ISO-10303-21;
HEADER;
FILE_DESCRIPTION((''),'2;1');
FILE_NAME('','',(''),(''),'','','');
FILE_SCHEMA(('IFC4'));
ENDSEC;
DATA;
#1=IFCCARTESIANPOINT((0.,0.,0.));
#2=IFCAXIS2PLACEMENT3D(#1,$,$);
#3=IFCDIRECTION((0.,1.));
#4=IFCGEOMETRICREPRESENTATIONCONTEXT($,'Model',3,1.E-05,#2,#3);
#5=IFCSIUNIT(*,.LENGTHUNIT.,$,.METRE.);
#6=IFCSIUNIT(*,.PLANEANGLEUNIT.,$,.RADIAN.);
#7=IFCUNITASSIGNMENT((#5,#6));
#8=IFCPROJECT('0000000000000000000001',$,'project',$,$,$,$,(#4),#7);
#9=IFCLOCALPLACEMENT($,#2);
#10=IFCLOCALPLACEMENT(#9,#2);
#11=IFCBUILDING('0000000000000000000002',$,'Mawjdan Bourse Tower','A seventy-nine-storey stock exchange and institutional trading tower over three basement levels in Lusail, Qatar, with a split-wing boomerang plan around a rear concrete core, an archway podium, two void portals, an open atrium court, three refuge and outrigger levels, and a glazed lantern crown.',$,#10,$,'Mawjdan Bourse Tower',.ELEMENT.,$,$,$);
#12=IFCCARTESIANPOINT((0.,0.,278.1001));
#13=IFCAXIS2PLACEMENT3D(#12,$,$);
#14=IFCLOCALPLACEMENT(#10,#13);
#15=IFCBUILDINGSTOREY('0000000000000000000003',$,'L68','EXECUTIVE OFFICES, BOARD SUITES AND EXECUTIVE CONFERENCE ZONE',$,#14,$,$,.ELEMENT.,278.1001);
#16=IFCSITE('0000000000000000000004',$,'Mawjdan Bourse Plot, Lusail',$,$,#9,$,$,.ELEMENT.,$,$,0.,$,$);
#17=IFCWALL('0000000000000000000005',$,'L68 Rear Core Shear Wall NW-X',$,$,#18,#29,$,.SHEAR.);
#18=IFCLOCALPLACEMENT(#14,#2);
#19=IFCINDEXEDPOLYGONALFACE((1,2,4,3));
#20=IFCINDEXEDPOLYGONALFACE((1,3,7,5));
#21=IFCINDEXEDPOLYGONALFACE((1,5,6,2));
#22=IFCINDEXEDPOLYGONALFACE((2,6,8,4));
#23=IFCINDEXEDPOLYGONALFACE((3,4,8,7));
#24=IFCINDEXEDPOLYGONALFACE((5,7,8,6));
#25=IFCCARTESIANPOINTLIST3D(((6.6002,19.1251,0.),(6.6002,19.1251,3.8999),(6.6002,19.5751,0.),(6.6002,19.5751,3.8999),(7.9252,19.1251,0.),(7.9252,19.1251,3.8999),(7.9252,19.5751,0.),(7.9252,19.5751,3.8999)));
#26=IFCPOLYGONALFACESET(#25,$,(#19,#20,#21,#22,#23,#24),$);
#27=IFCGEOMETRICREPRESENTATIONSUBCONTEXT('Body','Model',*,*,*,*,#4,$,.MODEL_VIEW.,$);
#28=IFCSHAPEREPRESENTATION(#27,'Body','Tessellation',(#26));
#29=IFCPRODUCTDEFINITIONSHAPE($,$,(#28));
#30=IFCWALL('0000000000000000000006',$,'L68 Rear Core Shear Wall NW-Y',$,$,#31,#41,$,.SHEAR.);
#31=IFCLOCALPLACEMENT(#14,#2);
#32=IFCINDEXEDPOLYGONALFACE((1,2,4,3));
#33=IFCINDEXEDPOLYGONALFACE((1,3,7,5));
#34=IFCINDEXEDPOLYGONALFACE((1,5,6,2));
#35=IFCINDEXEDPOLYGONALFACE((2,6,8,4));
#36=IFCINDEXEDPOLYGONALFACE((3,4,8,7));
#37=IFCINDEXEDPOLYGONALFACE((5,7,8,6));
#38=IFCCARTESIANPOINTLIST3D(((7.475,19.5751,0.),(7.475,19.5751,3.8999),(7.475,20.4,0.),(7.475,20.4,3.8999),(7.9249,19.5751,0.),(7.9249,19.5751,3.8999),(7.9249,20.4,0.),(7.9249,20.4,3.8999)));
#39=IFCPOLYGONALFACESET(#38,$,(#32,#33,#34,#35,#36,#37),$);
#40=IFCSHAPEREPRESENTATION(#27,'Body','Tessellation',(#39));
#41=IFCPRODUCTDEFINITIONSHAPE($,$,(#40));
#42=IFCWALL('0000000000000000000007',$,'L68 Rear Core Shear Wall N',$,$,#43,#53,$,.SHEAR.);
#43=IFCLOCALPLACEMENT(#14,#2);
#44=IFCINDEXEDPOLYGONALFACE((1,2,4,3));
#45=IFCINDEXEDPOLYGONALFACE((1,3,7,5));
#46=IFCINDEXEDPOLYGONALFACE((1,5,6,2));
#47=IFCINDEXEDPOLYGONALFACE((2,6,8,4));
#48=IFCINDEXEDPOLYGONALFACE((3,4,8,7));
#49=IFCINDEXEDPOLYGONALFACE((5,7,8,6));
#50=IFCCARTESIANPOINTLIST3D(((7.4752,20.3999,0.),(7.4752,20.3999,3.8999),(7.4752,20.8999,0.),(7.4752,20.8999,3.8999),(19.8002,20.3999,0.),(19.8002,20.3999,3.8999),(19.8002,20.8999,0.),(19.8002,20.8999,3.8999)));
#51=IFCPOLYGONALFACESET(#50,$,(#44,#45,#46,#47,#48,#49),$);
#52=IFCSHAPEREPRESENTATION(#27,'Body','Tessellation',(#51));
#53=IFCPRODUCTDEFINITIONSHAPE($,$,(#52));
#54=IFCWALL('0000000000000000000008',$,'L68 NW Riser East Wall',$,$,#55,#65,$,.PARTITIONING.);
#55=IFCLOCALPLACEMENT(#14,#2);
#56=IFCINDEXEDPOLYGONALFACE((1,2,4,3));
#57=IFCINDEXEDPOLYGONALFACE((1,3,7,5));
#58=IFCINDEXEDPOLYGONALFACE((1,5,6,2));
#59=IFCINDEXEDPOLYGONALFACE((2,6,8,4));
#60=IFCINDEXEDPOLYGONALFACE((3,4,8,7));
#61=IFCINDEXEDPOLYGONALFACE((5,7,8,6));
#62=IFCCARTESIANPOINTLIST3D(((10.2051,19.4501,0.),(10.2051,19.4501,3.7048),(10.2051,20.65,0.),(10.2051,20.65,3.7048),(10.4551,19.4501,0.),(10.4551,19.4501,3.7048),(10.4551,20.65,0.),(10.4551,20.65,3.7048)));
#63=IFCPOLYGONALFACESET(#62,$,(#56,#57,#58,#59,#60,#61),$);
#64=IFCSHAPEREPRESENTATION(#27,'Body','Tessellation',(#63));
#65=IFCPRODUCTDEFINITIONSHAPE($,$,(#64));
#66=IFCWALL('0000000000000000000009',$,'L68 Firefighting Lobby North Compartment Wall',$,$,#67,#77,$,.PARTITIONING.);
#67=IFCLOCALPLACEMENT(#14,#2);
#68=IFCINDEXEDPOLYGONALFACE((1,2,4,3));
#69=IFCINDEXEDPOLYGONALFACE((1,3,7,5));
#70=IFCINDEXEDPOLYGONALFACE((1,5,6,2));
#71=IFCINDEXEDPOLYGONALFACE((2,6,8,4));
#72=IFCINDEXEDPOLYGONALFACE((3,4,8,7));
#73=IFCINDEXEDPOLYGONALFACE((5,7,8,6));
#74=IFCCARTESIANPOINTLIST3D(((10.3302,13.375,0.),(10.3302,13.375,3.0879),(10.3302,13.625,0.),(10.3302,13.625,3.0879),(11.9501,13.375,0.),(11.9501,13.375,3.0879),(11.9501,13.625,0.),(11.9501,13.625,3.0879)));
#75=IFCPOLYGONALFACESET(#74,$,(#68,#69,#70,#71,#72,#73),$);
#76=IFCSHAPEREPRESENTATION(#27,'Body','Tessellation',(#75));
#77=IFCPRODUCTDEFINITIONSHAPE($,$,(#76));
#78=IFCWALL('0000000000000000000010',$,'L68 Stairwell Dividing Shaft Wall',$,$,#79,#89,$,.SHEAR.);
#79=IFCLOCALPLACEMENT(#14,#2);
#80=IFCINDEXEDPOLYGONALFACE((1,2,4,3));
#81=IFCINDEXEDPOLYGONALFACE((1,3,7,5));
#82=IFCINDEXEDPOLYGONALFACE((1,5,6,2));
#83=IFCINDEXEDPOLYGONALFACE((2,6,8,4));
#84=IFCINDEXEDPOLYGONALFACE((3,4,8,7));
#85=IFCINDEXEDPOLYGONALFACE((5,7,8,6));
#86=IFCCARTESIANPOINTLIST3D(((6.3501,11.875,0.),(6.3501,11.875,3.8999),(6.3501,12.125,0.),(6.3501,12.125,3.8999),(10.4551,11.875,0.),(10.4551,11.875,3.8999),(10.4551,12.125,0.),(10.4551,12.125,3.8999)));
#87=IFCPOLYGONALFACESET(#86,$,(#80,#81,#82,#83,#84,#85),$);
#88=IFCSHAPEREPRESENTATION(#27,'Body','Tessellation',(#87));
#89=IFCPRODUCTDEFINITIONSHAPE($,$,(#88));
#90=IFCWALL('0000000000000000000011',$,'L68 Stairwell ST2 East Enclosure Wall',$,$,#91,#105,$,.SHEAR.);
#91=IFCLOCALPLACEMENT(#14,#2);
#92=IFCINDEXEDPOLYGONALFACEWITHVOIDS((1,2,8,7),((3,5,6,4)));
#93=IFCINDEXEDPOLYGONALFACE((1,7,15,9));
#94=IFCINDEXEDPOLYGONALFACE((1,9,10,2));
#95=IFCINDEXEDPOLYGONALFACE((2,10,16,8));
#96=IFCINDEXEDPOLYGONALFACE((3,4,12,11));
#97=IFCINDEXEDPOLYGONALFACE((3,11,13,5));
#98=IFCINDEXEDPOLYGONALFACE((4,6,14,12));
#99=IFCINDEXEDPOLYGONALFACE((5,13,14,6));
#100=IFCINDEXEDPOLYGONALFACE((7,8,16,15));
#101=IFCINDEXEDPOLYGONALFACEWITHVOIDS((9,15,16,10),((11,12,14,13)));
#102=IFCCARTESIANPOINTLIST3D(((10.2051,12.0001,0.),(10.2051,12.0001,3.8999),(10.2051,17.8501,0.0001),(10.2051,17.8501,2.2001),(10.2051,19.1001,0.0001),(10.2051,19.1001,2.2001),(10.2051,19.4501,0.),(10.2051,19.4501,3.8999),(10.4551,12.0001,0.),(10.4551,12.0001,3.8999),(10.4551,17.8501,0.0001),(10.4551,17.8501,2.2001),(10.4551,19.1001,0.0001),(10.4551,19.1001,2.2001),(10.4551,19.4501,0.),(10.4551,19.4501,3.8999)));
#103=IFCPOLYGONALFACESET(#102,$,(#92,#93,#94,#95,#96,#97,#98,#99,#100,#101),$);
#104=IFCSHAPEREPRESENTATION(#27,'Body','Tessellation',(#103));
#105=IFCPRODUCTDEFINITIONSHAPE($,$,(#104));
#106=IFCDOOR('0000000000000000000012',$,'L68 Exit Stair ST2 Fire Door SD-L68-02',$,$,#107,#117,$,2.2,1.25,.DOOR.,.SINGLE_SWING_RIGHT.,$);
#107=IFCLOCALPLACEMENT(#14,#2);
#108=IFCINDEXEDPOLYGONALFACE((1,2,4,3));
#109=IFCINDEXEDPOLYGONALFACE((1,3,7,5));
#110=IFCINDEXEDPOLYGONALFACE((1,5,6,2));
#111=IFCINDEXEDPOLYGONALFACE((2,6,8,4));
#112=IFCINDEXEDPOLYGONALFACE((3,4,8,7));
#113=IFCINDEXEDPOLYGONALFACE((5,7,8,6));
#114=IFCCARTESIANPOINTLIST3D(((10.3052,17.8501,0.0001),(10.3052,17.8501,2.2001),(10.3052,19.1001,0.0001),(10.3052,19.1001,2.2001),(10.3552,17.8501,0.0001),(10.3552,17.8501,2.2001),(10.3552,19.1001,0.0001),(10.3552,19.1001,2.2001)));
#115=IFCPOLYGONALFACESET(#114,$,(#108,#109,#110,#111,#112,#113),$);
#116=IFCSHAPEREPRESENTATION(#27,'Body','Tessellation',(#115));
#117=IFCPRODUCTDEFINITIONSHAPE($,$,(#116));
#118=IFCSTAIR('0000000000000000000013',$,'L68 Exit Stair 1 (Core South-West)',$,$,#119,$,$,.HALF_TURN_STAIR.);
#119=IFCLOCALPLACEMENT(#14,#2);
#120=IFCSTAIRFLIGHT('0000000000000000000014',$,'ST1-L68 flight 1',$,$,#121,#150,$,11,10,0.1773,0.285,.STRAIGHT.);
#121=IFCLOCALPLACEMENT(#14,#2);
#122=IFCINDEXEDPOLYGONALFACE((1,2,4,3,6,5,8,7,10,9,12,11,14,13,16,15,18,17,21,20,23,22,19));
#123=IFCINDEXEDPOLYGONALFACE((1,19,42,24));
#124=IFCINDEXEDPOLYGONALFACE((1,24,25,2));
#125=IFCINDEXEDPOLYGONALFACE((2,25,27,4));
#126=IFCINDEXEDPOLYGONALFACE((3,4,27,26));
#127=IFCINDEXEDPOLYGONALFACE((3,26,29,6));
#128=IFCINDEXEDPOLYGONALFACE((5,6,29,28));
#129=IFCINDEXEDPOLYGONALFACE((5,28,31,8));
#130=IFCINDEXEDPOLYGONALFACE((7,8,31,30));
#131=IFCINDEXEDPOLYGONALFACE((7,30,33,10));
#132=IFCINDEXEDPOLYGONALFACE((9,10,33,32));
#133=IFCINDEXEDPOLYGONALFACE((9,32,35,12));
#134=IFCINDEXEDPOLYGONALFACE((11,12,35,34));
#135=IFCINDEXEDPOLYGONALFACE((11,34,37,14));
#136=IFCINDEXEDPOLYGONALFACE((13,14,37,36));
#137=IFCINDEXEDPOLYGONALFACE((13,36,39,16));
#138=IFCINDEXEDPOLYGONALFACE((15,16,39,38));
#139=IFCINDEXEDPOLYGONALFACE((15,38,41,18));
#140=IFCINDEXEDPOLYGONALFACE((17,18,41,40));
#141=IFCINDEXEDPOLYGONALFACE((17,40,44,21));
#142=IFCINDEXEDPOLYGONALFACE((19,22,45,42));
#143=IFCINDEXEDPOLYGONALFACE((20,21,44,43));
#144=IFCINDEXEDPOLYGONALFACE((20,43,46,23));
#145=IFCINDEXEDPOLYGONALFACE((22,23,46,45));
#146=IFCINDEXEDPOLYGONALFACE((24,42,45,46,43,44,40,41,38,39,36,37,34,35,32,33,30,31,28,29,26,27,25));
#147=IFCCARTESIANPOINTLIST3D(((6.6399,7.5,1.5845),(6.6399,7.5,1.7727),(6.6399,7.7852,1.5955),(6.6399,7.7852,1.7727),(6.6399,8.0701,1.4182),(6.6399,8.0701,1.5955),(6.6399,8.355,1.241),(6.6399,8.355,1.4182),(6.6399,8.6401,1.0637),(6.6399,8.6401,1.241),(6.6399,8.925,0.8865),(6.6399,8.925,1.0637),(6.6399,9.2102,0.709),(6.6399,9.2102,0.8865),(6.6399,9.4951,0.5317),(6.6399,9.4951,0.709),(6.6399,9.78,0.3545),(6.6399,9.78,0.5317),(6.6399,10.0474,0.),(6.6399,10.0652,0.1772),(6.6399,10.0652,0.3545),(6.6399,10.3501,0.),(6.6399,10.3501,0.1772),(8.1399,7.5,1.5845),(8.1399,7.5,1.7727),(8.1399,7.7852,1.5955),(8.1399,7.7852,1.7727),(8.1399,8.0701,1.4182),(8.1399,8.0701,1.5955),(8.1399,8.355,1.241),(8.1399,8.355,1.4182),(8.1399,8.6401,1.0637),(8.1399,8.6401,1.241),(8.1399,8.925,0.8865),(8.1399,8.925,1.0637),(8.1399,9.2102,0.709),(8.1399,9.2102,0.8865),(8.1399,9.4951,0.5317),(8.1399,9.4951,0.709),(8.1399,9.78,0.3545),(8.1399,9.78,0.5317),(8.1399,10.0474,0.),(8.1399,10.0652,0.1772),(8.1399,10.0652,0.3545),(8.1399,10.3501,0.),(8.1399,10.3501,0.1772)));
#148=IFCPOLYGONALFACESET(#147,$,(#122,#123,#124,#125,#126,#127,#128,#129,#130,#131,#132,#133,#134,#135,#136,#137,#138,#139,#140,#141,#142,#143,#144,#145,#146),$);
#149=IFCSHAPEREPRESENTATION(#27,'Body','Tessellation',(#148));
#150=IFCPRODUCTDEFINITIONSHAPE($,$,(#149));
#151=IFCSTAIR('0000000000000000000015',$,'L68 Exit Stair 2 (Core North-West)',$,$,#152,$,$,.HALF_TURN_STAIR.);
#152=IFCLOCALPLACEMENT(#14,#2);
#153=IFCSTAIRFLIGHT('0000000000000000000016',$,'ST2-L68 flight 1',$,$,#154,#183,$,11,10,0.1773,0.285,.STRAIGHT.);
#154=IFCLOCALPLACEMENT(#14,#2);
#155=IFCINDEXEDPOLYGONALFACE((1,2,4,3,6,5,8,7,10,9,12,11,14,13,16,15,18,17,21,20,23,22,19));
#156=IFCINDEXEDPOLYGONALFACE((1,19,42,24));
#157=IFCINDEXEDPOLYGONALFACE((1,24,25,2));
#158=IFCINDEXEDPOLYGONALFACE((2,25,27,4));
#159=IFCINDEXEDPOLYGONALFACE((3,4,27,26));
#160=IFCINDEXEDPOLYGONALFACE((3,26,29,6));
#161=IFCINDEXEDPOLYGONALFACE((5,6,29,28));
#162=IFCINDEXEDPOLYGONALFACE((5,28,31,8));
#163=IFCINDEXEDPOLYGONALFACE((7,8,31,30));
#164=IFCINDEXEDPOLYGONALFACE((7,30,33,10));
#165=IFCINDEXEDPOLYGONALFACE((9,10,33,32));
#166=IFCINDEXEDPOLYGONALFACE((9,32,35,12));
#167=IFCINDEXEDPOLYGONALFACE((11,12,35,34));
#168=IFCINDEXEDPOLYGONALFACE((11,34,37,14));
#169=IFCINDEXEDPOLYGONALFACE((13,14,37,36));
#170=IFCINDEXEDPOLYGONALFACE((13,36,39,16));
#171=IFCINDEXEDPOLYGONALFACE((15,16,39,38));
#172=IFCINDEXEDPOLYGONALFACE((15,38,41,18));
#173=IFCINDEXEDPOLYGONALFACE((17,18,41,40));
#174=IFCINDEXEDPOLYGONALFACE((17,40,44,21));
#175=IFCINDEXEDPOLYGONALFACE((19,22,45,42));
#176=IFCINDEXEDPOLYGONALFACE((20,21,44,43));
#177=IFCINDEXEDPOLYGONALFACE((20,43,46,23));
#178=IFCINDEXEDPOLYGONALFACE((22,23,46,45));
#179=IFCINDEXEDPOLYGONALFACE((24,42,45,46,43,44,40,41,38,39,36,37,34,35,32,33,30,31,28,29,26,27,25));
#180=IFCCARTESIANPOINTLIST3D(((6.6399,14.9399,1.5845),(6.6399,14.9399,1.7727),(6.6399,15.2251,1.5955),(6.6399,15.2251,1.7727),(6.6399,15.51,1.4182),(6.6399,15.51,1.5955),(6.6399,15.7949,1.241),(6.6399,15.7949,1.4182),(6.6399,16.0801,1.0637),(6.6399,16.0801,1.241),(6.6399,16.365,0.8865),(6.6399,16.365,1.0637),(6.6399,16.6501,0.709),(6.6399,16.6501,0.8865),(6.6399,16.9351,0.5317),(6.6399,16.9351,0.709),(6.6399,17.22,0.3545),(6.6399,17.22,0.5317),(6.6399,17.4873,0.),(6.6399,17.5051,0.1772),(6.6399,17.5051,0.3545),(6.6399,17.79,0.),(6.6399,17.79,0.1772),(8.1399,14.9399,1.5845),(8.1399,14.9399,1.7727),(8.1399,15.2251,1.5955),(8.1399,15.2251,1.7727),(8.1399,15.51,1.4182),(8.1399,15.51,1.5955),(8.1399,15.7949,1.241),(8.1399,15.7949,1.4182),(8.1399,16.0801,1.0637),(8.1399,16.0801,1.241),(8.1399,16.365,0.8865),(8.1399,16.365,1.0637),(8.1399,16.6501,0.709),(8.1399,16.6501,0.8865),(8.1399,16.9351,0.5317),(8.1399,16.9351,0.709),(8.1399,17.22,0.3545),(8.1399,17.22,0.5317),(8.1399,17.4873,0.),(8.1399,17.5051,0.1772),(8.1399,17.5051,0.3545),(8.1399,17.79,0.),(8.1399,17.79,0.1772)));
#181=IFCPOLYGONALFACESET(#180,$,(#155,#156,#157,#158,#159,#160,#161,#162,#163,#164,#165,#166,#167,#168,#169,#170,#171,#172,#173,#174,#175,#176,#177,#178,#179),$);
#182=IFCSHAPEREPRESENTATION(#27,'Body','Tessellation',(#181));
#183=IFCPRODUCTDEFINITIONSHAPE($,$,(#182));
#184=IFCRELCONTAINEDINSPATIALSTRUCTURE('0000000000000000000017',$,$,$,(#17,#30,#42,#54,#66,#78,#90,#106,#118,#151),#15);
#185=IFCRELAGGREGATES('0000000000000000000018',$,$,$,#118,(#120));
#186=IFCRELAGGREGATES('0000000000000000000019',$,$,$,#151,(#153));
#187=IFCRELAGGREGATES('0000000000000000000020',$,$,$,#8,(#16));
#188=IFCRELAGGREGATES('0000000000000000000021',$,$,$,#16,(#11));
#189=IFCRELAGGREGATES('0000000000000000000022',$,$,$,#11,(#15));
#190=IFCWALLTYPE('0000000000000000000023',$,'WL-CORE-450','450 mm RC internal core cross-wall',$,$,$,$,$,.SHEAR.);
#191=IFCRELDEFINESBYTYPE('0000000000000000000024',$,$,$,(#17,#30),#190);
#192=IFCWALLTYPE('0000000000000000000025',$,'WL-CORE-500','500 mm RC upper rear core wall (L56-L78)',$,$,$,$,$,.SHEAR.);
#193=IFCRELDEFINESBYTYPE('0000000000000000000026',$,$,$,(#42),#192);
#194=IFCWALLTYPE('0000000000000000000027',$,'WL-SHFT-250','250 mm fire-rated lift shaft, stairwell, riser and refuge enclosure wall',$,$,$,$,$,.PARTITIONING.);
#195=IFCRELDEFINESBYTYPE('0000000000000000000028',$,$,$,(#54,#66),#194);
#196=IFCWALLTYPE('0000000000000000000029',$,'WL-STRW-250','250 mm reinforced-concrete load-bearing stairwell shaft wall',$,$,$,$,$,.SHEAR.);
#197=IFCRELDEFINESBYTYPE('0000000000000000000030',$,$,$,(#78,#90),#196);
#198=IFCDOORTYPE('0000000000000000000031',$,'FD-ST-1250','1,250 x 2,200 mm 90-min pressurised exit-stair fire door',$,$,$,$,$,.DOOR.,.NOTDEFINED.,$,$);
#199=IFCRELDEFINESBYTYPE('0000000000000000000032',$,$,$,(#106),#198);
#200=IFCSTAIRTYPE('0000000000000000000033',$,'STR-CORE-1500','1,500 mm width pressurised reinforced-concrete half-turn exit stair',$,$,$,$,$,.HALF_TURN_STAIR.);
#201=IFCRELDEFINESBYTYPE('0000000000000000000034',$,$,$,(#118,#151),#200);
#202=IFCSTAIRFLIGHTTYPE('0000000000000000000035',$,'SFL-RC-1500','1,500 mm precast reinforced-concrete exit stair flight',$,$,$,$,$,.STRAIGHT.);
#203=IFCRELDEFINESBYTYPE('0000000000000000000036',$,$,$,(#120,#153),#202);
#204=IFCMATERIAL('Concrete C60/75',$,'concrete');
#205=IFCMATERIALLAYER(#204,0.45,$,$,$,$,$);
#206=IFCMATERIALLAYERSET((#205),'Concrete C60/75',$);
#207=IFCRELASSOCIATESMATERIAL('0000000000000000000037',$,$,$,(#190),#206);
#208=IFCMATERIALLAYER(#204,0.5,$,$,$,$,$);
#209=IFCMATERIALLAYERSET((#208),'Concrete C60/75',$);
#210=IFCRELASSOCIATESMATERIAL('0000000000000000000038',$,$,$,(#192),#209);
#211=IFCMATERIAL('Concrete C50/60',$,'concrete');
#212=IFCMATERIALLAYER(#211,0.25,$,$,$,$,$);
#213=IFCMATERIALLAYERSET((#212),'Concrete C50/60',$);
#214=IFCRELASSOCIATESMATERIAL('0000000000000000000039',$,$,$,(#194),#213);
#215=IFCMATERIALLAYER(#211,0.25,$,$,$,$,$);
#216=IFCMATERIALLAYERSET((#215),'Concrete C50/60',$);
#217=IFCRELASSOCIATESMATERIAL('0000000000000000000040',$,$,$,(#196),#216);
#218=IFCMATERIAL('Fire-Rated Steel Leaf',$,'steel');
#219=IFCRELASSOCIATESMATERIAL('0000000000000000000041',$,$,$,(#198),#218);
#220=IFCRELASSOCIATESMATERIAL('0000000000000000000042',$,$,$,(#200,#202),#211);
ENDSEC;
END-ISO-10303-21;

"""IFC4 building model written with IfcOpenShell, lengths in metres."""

from ifc_helpers import new_model, si_unit, direction, frame, frame_2d, origin, place, context, subcontext, project, spatial, polyline, rectangle, outline, extrude, material, layer, layer_set, type_object, element, fill, aggregate, save


model = new_model("IFC4")

# Units and contexts
model_context = context("Model", 3, precision=1e-05, world=origin(), true_north=direction((0.0, 1.0)))
body_context = subcontext(model_context, "Body", "Model", "MODEL_VIEW")
ifc_project = project(units=[si_unit("LENGTHUNIT", "METRE"), si_unit("PLANEANGLEUNIT", "RADIAN")], contexts=[model_context])

# Site, building, storey
site_placement = place(None, origin())
site = spatial("IfcSite", under=ifc_project, at=site_placement, Name="Mawjdan Bourse Plot, Lusail", CompositionType="ELEMENT", RefElevation=0.0)
building_placement = place(site_placement, origin())
building = spatial("IfcBuilding", under=site, at=building_placement, Name="Mawjdan Bourse Tower", Description="A seventy-nine-storey stock exchange and institutional trading tower over three basement levels in Lusail, Qatar, with a split-wing boomerang plan around a rear concrete core, an archway podium, two void portals, an open atrium court, three refuge and outrigger levels, and a glazed lantern crown.", LongName="Mawjdan Bourse Tower", CompositionType="ELEMENT")
storey_placement = place(building_placement, frame((0.0, 0.0, 278.1001)))
storey = spatial("IfcBuildingStorey", under=building, at=storey_placement, Name="L68", Description="EXECUTIVE OFFICES, BOARD SUITES AND EXECUTIVE CONFERENCE ZONE", CompositionType="ELEMENT", Elevation=278.1001)

# Walls
ifc_material_1 = material(Name="Concrete C60/75", Category="concrete")
ifc_layer_1 = layer(ifc_material_1, 0.45)
ifc_layer_set_1 = layer_set([ifc_layer_1], Name="Concrete C60/75")
wall_type_1 = type_object("IfcWallType", Name="WL-CORE-450", Description="450 mm RC internal core cross-wall", PredefinedType="SHEAR", material=ifc_layer_set_1)
wall_1_placement = place(storey_placement, frame((6.6001, 19.3501, 0.0), z_axis=(0.0, 0.0, 1.0), x_axis=(1.0, 0.0, 0.0)))
element("IfcWall", 1, at=wall_1_placement, inside=storey, type_object=wall_type_1, Name="L68 Rear Core Shear Wall NW-X", PredefinedType="SHEAR", context=body_context, shape_type="SweptSolid", body=[
    extrude(rectangle(XDim=1.325, YDim=0.45, at=frame_2d((0.6626, 0.0))), origin(), (0.0, 0.0, 1.0), 3.8999),
])
wall_2_placement = place(storey_placement, frame((7.7, 19.575, 0.0), z_axis=(0.0, 0.0, 1.0), x_axis=(0.0, 1.0, 0.0)))
element("IfcWall", 2, at=wall_2_placement, inside=storey, type_object=wall_type_1, Name="L68 Rear Core Shear Wall NW-Y", PredefinedType="SHEAR", context=body_context, shape_type="SweptSolid", body=[
    extrude(rectangle(XDim=0.825, YDim=0.45, at=frame_2d((0.4126, 0.0))), origin(), (0.0, 0.0, 1.0), 3.8999),
])
ifc_layer_2 = layer(ifc_material_1, 0.5)
ifc_layer_set_2 = layer_set([ifc_layer_2], Name="Concrete C60/75")
wall_type_2 = type_object("IfcWallType", Name="WL-CORE-500", Description="500 mm RC upper rear core wall (L56-L78)", PredefinedType="SHEAR", material=ifc_layer_set_2)
wall_3_placement = place(storey_placement, frame((7.4751, 20.6499, 0.0), z_axis=(0.0, 0.0, 1.0), x_axis=(1.0, 0.0, 0.0)))
element("IfcWall", 3, at=wall_3_placement, inside=storey, type_object=wall_type_2, Name="L68 Rear Core Shear Wall N", PredefinedType="SHEAR", context=body_context, shape_type="SweptSolid", body=[
    extrude(rectangle(XDim=12.325, YDim=0.5, at=frame_2d((6.1626, 0.0))), origin(), (0.0, 0.0, 1.0), 3.8999),
])
ifc_material_2 = material(Name="Concrete C50/60", Category="concrete")
ifc_layer_3 = layer(ifc_material_2, 0.25)
ifc_layer_set_3 = layer_set([ifc_layer_3], Name="Concrete C50/60")
wall_type_3 = type_object("IfcWallType", Name="WL-SHFT-250", Description="250 mm fire-rated lift shaft, stairwell, riser and refuge enclosure wall", PredefinedType="PARTITIONING", material=ifc_layer_set_3)
wall_4_placement = place(storey_placement, frame((10.3301, 19.45, 0.0), z_axis=(0.0, 0.0, 1.0), x_axis=(0.0, 1.0, 0.0)))
element("IfcWall", 4, at=wall_4_placement, inside=storey, type_object=wall_type_3, Name="L68 NW Riser East Wall", PredefinedType="PARTITIONING", context=body_context, shape_type="SweptSolid", body=[
    extrude(rectangle(XDim=1.2, YDim=0.25, at=frame_2d((0.6001, 0.0))), origin(), (0.0, 0.0, 1.0), 3.7048),
])
wall_5_placement = place(storey_placement, frame((10.3301, 13.5, 0.0), z_axis=(0.0, 0.0, 1.0), x_axis=(1.0, 0.0, 0.0)))
element("IfcWall", 5, at=wall_5_placement, inside=storey, type_object=wall_type_3, Name="L68 Firefighting Lobby North Compartment Wall", PredefinedType="PARTITIONING", context=body_context, shape_type="SweptSolid", body=[
    extrude(rectangle(XDim=1.6199, YDim=0.25, at=frame_2d((0.8101, 0.0))), origin(), (0.0, 0.0, 1.0), 3.0879),
])
ifc_layer_4 = layer(ifc_material_2, 0.25)
ifc_layer_set_4 = layer_set([ifc_layer_4], Name="Concrete C50/60")
wall_type_4 = type_object("IfcWallType", Name="WL-STRW-250", Description="250 mm reinforced-concrete load-bearing stairwell shaft wall", PredefinedType="SHEAR", material=ifc_layer_set_4)
wall_6_placement = place(storey_placement, frame((6.3501, 12.0, 0.0), z_axis=(0.0, 0.0, 1.0), x_axis=(1.0, 0.0, 0.0)))
element("IfcWall", 6, at=wall_6_placement, inside=storey, type_object=wall_type_4, Name="L68 Stairwell Dividing Shaft Wall", PredefinedType="SHEAR", context=body_context, shape_type="SweptSolid", body=[
    extrude(rectangle(XDim=4.105, YDim=0.25, at=frame_2d((2.0525, 0.0))), origin(), (0.0, 0.0, 1.0), 3.8999),
])

# Wall, opening, door
wall_7_placement = place(storey_placement, frame((10.3301, 12.0, 0.0), z_axis=(0.0, 0.0, 1.0), x_axis=(0.0, 1.0, 0.0)))
wall_7 = element("IfcWall", 7, at=wall_7_placement, inside=storey, type_object=wall_type_4, Name="L68 Stairwell ST2 East Enclosure Wall", PredefinedType="SHEAR", context=body_context, shape_type="SweptSolid", body=[
    extrude(rectangle(XDim=7.45, YDim=0.25, at=frame_2d((3.7251, 0.0))), origin(), (0.0, 0.0, 1.0), 3.8999),
])
opening_placement = place(wall_7_placement, frame((5.8501, 0.0, 0.0)))
opening = element("IfcOpeningElement", 8, at=opening_placement, cuts=wall_7, PredefinedType="OPENING", context=body_context, shape_type="SweptSolid", body=[
    extrude(rectangle(XDim=1.25, YDim=2.2, at=frame_2d((0.625, 1.1001))), frame((0.0, 0.135, 0.0), z_axis=(0.0, -1.0, 0.0), x_axis=(1.0, 0.0, 0.0)), (0.0, 0.0, 1.0), 0.27),
])
ifc_material_3 = material(Name="Fire-Rated Steel Leaf", Category="steel")
door_type = type_object("IfcDoorType", Name="FD-ST-1250", Description="1,250 x 2,200 mm 90-min pressurised exit-stair fire door", OperationType="NOTDEFINED", PredefinedType="DOOR", material=ifc_material_3)
door_placement = place(opening_placement, origin())
door = element("IfcDoor", 9, at=door_placement, inside=storey, type_object=door_type, Name="L68 Exit Stair ST2 Fire Door SD-L68-02", OperationType="SINGLE_SWING_RIGHT", OverallHeight=2.2, OverallWidth=1.25, PredefinedType="DOOR", context=body_context, shape_type="SweptSolid", body=[
    extrude(rectangle(XDim=1.25, YDim=2.2, at=frame_2d((0.625, 1.1001))), frame((0.0, 0.0249, 0.0), z_axis=(0.0, -1.0, 0.0), x_axis=(1.0, 0.0, 0.0)), (0.0, 0.0, 1.0), 0.05),
])
fill(opening, door)

# Stair, stair flight
stair_type = type_object("IfcStairType", Name="STR-CORE-1500", Description="1,500 mm width pressurised reinforced-concrete half-turn exit stair", PredefinedType="HALF_TURN_STAIR", material=ifc_material_2)
stair_1_placement = place(storey_placement, origin())
stair_1 = element("IfcStair", 10, at=stair_1_placement, inside=storey, type_object=stair_type, Name="L68 Exit Stair 1 (Core South-West)", PredefinedType="HALF_TURN_STAIR")
stair_flight_type = type_object("IfcStairFlightType", Name="SFL-RC-1500", Description="1,500 mm precast reinforced-concrete exit stair flight", PredefinedType="STRAIGHT", material=ifc_material_2)
stair_flight_1_placement = place(storey_placement, frame((7.3899, 10.3501, 0.0), z_axis=(0.0, 0.0, 1.0), x_axis=(0.0, -1.0, 0.0)))
stair_flight_1 = element("IfcStairFlight", 11, at=stair_flight_1_placement, type_object=stair_flight_type, Name="ST1-L68 flight 1", NumberOfRisers=11, NumberOfTreads=10, PredefinedType="STRAIGHT", RiserHeight=0.1773, TreadLength=0.285, context=body_context, shape_type="SweptSolid", body=[
    extrude(outline(polyline([(0.0, 0.0), (0.0, 0.1772), (0.2849, 0.1772), (0.2849, 0.3545), (0.5701, 0.3545), (0.5701, 0.5317), (0.855, 0.5317), (0.855, 0.709), (1.1399, 0.709), (1.1399, 0.8865), (1.425, 0.8865), (1.425, 1.0637), (1.71, 1.0637), (1.71, 1.241), (1.9951, 1.241), (1.9951, 1.4182), (2.28, 1.4182), (2.28, 1.5955), (2.5649, 1.5955), (2.5649, 1.7727), (2.8501, 1.7727), (2.8501, 1.95), (2.8501, 1.5845), (0.3027, 0.0), (0.0, 0.0)])), frame((0.0, 0.75, 0.0), z_axis=(0.0, -1.0, 0.0), x_axis=(1.0, 0.0, 0.0)), (0.0, 0.0, 1.0), 1.5),
])
aggregate(stair_1, [stair_flight_1])

# Stair, stair flight
stair_2_placement = place(storey_placement, origin())
stair_2 = element("IfcStair", 12, at=stair_2_placement, inside=storey, type_object=stair_type, Name="L68 Exit Stair 2 (Core North-West)", PredefinedType="HALF_TURN_STAIR")
stair_flight_2_placement = place(storey_placement, frame((7.3899, 17.79, 0.0), z_axis=(0.0, 0.0, 1.0), x_axis=(0.0, -1.0, 0.0)))
stair_flight_2 = element("IfcStairFlight", 13, at=stair_flight_2_placement, type_object=stair_flight_type, Name="ST2-L68 flight 1", NumberOfRisers=11, NumberOfTreads=10, PredefinedType="STRAIGHT", RiserHeight=0.1773, TreadLength=0.285, context=body_context, shape_type="SweptSolid", body=[
    extrude(outline(polyline([(0.0, 0.0), (0.0, 0.1772), (0.2849, 0.1772), (0.2849, 0.3545), (0.5701, 0.3545), (0.5701, 0.5317), (0.855, 0.5317), (0.855, 0.709), (1.1399, 0.709), (1.1399, 0.8865), (1.425, 0.8865), (1.425, 1.0637), (1.71, 1.0637), (1.71, 1.241), (1.9951, 1.241), (1.9951, 1.4182), (2.28, 1.4182), (2.28, 1.5955), (2.5649, 1.5955), (2.5649, 1.7727), (2.8501, 1.7727), (2.8501, 1.95), (2.8501, 1.5845), (0.3027, 0.0), (0.0, 0.0)])), frame((0.0, 0.75, 0.0), z_axis=(0.0, -1.0, 0.0), x_axis=(1.0, 0.0, 0.0)), (0.0, 0.0, 1.0), 1.5),
])
aggregate(stair_2, [stair_flight_2])

save(model, "model.ifc")
